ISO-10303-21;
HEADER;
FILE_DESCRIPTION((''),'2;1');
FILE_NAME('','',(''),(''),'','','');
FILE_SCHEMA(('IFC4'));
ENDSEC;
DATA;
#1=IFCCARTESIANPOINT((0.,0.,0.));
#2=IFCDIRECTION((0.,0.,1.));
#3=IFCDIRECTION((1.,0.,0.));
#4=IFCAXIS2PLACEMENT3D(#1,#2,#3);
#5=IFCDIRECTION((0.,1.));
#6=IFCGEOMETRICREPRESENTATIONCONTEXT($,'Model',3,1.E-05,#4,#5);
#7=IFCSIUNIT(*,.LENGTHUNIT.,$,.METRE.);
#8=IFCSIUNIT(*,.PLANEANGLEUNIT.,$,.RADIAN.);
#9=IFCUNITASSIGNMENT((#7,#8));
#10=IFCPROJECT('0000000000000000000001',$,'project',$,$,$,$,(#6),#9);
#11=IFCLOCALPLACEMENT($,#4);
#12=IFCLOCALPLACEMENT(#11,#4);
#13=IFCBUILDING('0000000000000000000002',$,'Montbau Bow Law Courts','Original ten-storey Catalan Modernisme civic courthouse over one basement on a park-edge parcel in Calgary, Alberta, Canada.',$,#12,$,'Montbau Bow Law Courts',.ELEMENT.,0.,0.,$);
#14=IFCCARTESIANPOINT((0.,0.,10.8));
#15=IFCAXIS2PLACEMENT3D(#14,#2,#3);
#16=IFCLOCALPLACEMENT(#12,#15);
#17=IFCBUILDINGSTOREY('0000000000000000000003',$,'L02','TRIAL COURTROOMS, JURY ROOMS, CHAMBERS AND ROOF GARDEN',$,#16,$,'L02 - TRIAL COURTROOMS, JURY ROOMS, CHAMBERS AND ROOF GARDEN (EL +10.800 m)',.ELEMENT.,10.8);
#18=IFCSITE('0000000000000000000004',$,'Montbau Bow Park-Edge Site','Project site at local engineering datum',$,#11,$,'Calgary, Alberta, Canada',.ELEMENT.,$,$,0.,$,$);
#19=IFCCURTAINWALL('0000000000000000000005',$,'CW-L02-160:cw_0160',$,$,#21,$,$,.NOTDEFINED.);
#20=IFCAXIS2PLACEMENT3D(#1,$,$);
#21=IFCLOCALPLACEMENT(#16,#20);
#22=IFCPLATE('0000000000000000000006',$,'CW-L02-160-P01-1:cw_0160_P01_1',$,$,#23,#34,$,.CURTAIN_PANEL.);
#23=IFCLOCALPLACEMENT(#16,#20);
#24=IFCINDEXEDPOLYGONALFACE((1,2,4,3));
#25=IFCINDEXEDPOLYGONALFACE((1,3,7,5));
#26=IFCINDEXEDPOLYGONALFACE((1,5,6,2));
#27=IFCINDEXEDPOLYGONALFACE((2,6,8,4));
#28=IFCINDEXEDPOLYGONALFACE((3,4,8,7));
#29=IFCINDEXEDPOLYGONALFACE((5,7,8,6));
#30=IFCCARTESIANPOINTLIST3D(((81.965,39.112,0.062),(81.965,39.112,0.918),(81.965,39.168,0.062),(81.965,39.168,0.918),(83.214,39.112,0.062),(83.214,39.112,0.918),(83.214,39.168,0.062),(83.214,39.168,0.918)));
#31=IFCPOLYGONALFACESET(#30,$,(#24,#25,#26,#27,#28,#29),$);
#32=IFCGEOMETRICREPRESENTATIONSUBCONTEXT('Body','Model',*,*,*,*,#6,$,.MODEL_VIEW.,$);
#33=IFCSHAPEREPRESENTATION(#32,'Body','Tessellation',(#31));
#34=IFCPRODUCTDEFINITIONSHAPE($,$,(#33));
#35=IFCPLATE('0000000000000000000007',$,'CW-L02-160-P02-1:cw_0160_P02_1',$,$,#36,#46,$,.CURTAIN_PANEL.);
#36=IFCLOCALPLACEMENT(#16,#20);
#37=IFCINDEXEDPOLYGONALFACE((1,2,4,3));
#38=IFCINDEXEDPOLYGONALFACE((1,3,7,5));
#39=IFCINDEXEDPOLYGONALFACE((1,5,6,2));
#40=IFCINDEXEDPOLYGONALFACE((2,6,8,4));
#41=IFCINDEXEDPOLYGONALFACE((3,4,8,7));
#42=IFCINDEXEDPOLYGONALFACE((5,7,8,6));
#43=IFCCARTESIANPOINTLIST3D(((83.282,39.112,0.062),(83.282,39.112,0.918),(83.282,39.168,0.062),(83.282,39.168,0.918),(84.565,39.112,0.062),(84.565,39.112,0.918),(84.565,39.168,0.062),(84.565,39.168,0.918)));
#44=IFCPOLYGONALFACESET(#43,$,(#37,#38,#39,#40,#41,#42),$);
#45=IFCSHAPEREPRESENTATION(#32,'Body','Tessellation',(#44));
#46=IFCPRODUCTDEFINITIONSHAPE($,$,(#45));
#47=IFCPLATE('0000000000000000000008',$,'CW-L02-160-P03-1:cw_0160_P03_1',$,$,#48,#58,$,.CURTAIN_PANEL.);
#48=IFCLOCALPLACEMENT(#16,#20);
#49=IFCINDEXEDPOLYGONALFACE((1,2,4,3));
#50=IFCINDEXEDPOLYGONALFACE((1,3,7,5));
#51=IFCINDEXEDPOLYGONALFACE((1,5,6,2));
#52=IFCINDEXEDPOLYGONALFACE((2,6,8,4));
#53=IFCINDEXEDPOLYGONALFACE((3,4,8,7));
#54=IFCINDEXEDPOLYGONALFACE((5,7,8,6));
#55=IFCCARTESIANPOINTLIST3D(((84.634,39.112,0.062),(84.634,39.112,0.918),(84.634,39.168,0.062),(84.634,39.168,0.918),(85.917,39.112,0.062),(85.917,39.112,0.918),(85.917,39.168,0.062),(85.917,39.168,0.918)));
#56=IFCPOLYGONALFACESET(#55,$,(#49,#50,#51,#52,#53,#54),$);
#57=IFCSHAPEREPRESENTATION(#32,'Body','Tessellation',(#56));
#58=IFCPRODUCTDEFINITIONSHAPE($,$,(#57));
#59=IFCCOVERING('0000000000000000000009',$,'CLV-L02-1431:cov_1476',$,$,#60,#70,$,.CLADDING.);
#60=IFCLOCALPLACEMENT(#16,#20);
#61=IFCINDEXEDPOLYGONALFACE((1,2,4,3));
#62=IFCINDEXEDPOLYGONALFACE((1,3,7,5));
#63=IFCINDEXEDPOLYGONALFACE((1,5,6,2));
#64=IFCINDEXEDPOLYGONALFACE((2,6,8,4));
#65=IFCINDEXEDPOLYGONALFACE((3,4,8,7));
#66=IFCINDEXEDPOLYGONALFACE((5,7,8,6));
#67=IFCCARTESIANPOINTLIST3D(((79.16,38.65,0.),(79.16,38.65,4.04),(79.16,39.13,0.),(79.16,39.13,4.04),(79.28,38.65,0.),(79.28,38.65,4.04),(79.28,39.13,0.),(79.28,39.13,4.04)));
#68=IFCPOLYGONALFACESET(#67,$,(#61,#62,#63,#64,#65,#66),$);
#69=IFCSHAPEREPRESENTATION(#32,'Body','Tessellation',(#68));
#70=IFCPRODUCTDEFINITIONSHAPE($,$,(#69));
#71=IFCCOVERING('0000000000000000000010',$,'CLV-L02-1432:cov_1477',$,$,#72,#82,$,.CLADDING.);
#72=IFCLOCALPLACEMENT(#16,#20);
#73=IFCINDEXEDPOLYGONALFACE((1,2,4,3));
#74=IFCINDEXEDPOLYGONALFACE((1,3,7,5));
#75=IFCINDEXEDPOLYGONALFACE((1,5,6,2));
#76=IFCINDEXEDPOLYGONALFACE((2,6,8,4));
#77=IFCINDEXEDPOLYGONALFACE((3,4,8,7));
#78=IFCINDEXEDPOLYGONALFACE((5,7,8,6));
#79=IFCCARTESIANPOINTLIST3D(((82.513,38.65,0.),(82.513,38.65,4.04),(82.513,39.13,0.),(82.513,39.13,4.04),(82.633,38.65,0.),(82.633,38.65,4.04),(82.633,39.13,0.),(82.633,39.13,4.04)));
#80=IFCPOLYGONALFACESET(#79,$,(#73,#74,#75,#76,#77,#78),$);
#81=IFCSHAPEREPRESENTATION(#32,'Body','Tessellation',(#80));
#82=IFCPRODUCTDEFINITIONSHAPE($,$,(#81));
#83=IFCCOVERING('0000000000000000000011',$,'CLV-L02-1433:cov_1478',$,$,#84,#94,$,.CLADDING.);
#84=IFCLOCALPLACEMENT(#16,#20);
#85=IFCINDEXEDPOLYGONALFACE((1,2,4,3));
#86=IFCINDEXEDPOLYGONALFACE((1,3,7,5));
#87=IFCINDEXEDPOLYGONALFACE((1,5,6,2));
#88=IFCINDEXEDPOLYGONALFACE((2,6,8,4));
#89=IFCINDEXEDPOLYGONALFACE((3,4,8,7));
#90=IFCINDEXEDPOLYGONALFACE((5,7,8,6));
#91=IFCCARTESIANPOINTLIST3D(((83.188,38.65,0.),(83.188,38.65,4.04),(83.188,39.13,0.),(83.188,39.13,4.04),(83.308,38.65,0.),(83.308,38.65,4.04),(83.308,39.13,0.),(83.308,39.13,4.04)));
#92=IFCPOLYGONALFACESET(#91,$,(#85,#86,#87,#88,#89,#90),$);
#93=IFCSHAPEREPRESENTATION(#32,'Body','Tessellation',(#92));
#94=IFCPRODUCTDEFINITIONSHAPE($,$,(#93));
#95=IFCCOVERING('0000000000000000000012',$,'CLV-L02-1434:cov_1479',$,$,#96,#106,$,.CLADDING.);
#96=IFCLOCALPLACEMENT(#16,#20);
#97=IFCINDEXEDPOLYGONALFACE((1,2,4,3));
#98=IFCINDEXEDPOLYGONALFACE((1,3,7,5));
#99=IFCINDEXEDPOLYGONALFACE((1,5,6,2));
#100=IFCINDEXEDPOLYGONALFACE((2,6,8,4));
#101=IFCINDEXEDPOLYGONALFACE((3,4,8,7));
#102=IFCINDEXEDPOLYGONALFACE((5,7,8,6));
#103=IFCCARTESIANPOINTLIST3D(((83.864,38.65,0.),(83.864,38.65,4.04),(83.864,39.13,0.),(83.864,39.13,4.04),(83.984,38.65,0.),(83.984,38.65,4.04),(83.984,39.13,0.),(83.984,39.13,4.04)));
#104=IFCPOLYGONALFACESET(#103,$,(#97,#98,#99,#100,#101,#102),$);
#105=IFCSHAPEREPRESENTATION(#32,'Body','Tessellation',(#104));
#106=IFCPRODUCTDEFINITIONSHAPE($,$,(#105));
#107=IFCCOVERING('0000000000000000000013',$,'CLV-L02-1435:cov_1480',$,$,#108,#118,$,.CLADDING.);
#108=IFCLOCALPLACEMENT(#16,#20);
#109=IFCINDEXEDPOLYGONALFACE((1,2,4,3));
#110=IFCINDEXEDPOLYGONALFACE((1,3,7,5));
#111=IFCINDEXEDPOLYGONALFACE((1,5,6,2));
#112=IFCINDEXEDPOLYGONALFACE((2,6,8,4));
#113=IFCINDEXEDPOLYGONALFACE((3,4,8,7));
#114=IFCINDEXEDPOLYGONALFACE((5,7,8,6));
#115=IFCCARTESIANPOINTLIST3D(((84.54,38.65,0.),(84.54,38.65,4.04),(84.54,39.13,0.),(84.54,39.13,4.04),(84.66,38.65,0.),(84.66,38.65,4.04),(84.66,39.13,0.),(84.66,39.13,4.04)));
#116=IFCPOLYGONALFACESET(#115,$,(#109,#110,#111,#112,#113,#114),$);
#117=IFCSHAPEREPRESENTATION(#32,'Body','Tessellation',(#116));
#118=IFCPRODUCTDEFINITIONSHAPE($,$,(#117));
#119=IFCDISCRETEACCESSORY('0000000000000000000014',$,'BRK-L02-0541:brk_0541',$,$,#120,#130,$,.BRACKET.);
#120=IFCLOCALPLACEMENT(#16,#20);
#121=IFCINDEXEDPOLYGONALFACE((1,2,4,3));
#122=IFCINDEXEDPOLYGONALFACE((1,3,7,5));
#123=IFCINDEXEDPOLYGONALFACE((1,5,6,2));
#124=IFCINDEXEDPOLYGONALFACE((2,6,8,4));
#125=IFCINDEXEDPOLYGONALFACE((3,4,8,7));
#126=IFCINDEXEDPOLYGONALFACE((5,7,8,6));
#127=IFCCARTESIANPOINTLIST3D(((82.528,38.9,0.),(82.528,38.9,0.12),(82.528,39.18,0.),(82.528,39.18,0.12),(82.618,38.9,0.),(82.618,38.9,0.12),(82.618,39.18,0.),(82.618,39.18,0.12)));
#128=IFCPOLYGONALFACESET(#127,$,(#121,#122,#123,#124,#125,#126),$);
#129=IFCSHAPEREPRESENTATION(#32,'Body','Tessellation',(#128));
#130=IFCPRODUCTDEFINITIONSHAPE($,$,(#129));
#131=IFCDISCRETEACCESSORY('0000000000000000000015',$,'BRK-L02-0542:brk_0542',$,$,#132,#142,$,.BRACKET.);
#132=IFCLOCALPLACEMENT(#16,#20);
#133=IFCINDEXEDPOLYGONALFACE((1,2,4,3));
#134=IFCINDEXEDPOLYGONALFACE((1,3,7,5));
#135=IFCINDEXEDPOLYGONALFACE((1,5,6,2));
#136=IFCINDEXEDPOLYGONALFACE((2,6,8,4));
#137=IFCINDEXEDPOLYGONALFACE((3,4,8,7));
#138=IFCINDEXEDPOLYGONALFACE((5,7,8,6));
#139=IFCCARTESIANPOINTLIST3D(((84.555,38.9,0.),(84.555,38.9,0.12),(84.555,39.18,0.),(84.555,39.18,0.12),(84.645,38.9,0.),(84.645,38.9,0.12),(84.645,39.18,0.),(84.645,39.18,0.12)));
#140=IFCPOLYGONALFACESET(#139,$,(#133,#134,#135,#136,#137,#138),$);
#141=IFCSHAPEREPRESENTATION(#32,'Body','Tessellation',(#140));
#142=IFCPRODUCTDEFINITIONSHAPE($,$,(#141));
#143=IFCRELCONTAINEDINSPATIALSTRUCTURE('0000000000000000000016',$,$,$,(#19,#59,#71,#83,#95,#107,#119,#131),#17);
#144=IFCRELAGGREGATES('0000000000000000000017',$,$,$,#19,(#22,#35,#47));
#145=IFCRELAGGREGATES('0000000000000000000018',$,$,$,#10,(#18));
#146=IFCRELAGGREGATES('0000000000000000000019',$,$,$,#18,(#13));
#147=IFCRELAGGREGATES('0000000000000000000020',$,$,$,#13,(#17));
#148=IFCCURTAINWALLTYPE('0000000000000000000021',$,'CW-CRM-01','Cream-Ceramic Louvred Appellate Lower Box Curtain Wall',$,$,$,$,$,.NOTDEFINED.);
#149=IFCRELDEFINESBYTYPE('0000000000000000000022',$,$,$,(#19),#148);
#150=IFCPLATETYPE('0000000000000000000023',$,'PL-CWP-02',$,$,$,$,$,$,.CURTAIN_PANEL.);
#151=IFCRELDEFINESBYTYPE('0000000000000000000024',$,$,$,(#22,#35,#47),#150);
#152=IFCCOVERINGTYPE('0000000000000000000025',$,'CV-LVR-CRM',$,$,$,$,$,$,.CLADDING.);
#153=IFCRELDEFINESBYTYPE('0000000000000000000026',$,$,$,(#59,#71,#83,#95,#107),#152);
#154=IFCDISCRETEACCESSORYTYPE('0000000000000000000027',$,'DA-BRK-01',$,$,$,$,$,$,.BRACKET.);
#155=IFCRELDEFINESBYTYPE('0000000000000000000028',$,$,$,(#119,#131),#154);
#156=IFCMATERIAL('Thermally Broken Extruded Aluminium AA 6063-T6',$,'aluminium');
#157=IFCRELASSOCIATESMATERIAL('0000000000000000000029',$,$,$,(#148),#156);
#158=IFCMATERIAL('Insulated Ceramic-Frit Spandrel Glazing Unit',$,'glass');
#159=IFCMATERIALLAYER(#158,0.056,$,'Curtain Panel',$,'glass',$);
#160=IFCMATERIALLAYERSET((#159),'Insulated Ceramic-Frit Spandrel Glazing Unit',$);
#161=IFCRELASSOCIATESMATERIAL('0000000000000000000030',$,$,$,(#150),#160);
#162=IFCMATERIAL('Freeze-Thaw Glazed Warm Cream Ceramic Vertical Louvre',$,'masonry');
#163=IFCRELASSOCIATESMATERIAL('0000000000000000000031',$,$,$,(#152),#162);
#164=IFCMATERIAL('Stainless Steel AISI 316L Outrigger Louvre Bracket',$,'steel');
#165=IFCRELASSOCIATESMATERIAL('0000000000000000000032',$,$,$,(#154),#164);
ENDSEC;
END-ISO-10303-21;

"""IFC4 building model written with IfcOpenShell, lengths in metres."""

from ifc_helpers import new_model, si_unit, direction, frame, frame_2d, origin_with_axes, origin_2d_with_axis, place, context, subcontext, project, spatial, rectangle, extrude, material, layer, layer_set, type_object, element, aggregate, save


model = new_model("IFC4")

# Units and contexts
model_context = context("Model", 3, precision=1e-05, world=origin_with_axes(), true_north=direction((0.0, 1.0)))
body_context = subcontext(model_context, "Body", "Model", "MODEL_VIEW")
ifc_project = project(units=[si_unit("LENGTHUNIT", "METRE"), si_unit("PLANEANGLEUNIT", "RADIAN")], contexts=[model_context])

# Site, building, storey
site_placement = place(None, origin_with_axes())
site = spatial("IfcSite", under=ifc_project, at=site_placement, Name="Montbau Bow Park-Edge Site", Description="Project site at local engineering datum", LongName="Calgary, Alberta, Canada", CompositionType="ELEMENT", RefElevation=0.0)
building_placement = place(site_placement, origin_with_axes())
building = spatial("IfcBuilding", under=site, at=building_placement, Name="Montbau Bow Law Courts", Description="Original ten-storey Catalan Modernisme civic courthouse over one basement on a park-edge parcel in Calgary, Alberta, Canada.", LongName="Montbau Bow Law Courts", CompositionType="ELEMENT", ElevationOfRefHeight=0.0, ElevationOfTerrain=0.0)
storey_placement = place(building_placement, frame((0.0, 0.0, 10.8), z_axis=(0.0, 0.0, 1.0), x_axis=(1.0, 0.0, 0.0)))
storey = spatial("IfcBuildingStorey", under=building, at=storey_placement, Name="L02", Description="TRIAL COURTROOMS, JURY ROOMS, CHAMBERS AND ROOF GARDEN", LongName="L02 - TRIAL COURTROOMS, JURY ROOMS, CHAMBERS AND ROOF GARDEN (EL +10.800 m)", CompositionType="ELEMENT", Elevation=10.8)

# Shared definitions
ifc_material_1 = material(Name="Thermally Broken Extruded Aluminium AA 6063-T6", Category="aluminium")
curtain_wall_type = type_object("IfcCurtainWallType", Name="CW-CRM-01", Description="Cream-Ceramic Louvred Appellate Lower Box Curtain Wall", PredefinedType="NOTDEFINED", material=ifc_material_1)

# Curtain wall
curtain_wall_1_placement = place(None, frame((81.897, 39.14, 10.8), z_axis=(0.0, 0.0, 1.0), x_axis=(1.0, 0.0, 0.0)))
curtain_wall_1 = element("IfcCurtainWall", 1, at=curtain_wall_1_placement, inside=storey, type_object=curtain_wall_type, Name="CW-L02-160:cw_0160", PredefinedType="NOTDEFINED")

# Plates
ifc_material_2 = material(Name="Insulated Ceramic-Frit Spandrel Glazing Unit", Category="glass")
ifc_layer_1 = layer(ifc_material_2, 0.056, Name="Curtain Panel", Category="glass")
ifc_layer_set_1 = layer_set([ifc_layer_1], Name="Insulated Ceramic-Frit Spandrel Glazing Unit")
plate_type_1 = type_object("IfcPlateType", Name="PL-CWP-02", PredefinedType="CURTAIN_PANEL", material=ifc_layer_set_1)
plate_1_placement = place(None, frame((81.965, 39.14, 10.862), z_axis=(0.0, -1.0, 0.0), x_axis=(1.0, 0.0, 0.0)))
plate_1 = element("IfcPlate", 2, at=plate_1_placement, type_object=plate_type_1, Name="CW-L02-160-P01-1:cw_0160_P01_1", PredefinedType="CURTAIN_PANEL", context=body_context, shape_type="SweptSolid", body=[
    extrude(rectangle(XDim=1.249, YDim=0.856, at=frame_2d((0.6245, 0.428), x_axis=(1.0, 0.0))), frame((0.0, 0.0, -0.028), z_axis=(0.0, 0.0, 1.0), x_axis=(1.0, 0.0, 0.0)), (0.0, 0.0, 1.0), 0.056),
])
plate_2_placement = place(None, frame((83.282, 39.14, 10.862), z_axis=(0.0, -1.0, 0.0), x_axis=(1.0, 0.0, 0.0)))
plate_2 = element("IfcPlate", 3, at=plate_2_placement, type_object=plate_type_1, Name="CW-L02-160-P02-1:cw_0160_P02_1", PredefinedType="CURTAIN_PANEL", context=body_context, shape_type="SweptSolid", body=[
    extrude(rectangle(XDim=1.283, YDim=0.856, at=frame_2d((0.6415, 0.428), x_axis=(1.0, 0.0))), frame((0.0, 0.0, -0.028), z_axis=(0.0, 0.0, 1.0), x_axis=(1.0, 0.0, 0.0)), (0.0, 0.0, 1.0), 0.056),
])
plate_3_placement = place(None, frame((84.634, 39.14, 10.862), z_axis=(0.0, -1.0, 0.0), x_axis=(1.0, 0.0, 0.0)))
plate_3 = element("IfcPlate", 4, at=plate_3_placement, type_object=plate_type_1, Name="CW-L02-160-P03-1:cw_0160_P03_1", PredefinedType="CURTAIN_PANEL", context=body_context, shape_type="SweptSolid", body=[
    extrude(rectangle(XDim=1.283, YDim=0.856, at=frame_2d((0.6415, 0.428), x_axis=(1.0, 0.0))), frame((0.0, 0.0, -0.028), z_axis=(0.0, 0.0, 1.0), x_axis=(1.0, 0.0, 0.0)), (0.0, 0.0, 1.0), 0.056),
])
aggregate(curtain_wall_1, [plate_1, plate_2, plate_3])

# Coverings
ifc_material_3 = material(Name="Freeze-Thaw Glazed Warm Cream Ceramic Vertical Louvre", Category="masonry")
covering_type = type_object("IfcCoveringType", Name="CV-LVR-CRM", PredefinedType="CLADDING", material=ifc_material_3)
for number, where, z_axis, x_axis, name in (
    (5, (79.22, 39.13, 10.8), (-1.0, 0.0, 0.0), (0.0, -1.0, 0.0), "CLV-L02-1431:cov_1476"),
    (6, (82.573, 39.13, 10.8), (-1.0, 0.0, 0.0), (0.0, -1.0, 0.0), "CLV-L02-1432:cov_1477"),
    (7, (83.248, 39.13, 10.8), (-1.0, 0.0, 0.0), (0.0, -1.0, 0.0), "CLV-L02-1433:cov_1478"),
    (8, (83.924, 39.13, 10.8), (-1.0, 0.0, 0.0), (0.0, -1.0, 0.0), "CLV-L02-1434:cov_1479"),
    (9, (84.6, 39.13, 10.8), (-1.0, 0.0, 0.0), (0.0, -1.0, 0.0), "CLV-L02-1435:cov_1480"),
):
    element("IfcCovering", number, at=place(None, frame(where, z_axis=z_axis, x_axis=x_axis)), inside=storey, type_object=covering_type, Name=name, PredefinedType="CLADDING", context=body_context, shape_type="SweptSolid", body=[
        extrude(rectangle(XDim=0.48, YDim=4.04, at=frame_2d((0.24, 2.02), x_axis=(1.0, 0.0))), frame((0.0, 0.0, -0.06), z_axis=(0.0, 0.0, 1.0), x_axis=(1.0, 0.0, 0.0)), (0.0, 0.0, 1.0), 0.12),
    ])

# Discrete accessories
ifc_material_4 = material(Name="Stainless Steel AISI 316L Outrigger Louvre Bracket", Category="steel")
discrete_accessory_type = type_object("IfcDiscreteAccessoryType", Name="DA-BRK-01", PredefinedType="BRACKET", material=ifc_material_4)
for number, where, z_axis, x_axis, name in (
    (10, (82.573, 39.04, 10.8), (0.0, 0.0, 1.0), (0.0, -1.0, 0.0), "BRK-L02-0541:brk_0541"),
    (11, (84.6, 39.04, 10.8), (0.0, 0.0, 1.0), (0.0, -1.0, 0.0), "BRK-L02-0542:brk_0542"),
):
    element("IfcDiscreteAccessory", number, at=place(None, frame(where, z_axis=z_axis, x_axis=x_axis)), inside=storey, type_object=discrete_accessory_type, Name=name, PredefinedType="BRACKET", context=body_context, shape_type="SweptSolid", body=[
        extrude(rectangle(XDim=0.28, YDim=0.09, at=origin_2d_with_axis()), origin_with_axes(), (0.0, 0.0, 1.0), 0.12),
    ])

save(model, "model.ifc")
